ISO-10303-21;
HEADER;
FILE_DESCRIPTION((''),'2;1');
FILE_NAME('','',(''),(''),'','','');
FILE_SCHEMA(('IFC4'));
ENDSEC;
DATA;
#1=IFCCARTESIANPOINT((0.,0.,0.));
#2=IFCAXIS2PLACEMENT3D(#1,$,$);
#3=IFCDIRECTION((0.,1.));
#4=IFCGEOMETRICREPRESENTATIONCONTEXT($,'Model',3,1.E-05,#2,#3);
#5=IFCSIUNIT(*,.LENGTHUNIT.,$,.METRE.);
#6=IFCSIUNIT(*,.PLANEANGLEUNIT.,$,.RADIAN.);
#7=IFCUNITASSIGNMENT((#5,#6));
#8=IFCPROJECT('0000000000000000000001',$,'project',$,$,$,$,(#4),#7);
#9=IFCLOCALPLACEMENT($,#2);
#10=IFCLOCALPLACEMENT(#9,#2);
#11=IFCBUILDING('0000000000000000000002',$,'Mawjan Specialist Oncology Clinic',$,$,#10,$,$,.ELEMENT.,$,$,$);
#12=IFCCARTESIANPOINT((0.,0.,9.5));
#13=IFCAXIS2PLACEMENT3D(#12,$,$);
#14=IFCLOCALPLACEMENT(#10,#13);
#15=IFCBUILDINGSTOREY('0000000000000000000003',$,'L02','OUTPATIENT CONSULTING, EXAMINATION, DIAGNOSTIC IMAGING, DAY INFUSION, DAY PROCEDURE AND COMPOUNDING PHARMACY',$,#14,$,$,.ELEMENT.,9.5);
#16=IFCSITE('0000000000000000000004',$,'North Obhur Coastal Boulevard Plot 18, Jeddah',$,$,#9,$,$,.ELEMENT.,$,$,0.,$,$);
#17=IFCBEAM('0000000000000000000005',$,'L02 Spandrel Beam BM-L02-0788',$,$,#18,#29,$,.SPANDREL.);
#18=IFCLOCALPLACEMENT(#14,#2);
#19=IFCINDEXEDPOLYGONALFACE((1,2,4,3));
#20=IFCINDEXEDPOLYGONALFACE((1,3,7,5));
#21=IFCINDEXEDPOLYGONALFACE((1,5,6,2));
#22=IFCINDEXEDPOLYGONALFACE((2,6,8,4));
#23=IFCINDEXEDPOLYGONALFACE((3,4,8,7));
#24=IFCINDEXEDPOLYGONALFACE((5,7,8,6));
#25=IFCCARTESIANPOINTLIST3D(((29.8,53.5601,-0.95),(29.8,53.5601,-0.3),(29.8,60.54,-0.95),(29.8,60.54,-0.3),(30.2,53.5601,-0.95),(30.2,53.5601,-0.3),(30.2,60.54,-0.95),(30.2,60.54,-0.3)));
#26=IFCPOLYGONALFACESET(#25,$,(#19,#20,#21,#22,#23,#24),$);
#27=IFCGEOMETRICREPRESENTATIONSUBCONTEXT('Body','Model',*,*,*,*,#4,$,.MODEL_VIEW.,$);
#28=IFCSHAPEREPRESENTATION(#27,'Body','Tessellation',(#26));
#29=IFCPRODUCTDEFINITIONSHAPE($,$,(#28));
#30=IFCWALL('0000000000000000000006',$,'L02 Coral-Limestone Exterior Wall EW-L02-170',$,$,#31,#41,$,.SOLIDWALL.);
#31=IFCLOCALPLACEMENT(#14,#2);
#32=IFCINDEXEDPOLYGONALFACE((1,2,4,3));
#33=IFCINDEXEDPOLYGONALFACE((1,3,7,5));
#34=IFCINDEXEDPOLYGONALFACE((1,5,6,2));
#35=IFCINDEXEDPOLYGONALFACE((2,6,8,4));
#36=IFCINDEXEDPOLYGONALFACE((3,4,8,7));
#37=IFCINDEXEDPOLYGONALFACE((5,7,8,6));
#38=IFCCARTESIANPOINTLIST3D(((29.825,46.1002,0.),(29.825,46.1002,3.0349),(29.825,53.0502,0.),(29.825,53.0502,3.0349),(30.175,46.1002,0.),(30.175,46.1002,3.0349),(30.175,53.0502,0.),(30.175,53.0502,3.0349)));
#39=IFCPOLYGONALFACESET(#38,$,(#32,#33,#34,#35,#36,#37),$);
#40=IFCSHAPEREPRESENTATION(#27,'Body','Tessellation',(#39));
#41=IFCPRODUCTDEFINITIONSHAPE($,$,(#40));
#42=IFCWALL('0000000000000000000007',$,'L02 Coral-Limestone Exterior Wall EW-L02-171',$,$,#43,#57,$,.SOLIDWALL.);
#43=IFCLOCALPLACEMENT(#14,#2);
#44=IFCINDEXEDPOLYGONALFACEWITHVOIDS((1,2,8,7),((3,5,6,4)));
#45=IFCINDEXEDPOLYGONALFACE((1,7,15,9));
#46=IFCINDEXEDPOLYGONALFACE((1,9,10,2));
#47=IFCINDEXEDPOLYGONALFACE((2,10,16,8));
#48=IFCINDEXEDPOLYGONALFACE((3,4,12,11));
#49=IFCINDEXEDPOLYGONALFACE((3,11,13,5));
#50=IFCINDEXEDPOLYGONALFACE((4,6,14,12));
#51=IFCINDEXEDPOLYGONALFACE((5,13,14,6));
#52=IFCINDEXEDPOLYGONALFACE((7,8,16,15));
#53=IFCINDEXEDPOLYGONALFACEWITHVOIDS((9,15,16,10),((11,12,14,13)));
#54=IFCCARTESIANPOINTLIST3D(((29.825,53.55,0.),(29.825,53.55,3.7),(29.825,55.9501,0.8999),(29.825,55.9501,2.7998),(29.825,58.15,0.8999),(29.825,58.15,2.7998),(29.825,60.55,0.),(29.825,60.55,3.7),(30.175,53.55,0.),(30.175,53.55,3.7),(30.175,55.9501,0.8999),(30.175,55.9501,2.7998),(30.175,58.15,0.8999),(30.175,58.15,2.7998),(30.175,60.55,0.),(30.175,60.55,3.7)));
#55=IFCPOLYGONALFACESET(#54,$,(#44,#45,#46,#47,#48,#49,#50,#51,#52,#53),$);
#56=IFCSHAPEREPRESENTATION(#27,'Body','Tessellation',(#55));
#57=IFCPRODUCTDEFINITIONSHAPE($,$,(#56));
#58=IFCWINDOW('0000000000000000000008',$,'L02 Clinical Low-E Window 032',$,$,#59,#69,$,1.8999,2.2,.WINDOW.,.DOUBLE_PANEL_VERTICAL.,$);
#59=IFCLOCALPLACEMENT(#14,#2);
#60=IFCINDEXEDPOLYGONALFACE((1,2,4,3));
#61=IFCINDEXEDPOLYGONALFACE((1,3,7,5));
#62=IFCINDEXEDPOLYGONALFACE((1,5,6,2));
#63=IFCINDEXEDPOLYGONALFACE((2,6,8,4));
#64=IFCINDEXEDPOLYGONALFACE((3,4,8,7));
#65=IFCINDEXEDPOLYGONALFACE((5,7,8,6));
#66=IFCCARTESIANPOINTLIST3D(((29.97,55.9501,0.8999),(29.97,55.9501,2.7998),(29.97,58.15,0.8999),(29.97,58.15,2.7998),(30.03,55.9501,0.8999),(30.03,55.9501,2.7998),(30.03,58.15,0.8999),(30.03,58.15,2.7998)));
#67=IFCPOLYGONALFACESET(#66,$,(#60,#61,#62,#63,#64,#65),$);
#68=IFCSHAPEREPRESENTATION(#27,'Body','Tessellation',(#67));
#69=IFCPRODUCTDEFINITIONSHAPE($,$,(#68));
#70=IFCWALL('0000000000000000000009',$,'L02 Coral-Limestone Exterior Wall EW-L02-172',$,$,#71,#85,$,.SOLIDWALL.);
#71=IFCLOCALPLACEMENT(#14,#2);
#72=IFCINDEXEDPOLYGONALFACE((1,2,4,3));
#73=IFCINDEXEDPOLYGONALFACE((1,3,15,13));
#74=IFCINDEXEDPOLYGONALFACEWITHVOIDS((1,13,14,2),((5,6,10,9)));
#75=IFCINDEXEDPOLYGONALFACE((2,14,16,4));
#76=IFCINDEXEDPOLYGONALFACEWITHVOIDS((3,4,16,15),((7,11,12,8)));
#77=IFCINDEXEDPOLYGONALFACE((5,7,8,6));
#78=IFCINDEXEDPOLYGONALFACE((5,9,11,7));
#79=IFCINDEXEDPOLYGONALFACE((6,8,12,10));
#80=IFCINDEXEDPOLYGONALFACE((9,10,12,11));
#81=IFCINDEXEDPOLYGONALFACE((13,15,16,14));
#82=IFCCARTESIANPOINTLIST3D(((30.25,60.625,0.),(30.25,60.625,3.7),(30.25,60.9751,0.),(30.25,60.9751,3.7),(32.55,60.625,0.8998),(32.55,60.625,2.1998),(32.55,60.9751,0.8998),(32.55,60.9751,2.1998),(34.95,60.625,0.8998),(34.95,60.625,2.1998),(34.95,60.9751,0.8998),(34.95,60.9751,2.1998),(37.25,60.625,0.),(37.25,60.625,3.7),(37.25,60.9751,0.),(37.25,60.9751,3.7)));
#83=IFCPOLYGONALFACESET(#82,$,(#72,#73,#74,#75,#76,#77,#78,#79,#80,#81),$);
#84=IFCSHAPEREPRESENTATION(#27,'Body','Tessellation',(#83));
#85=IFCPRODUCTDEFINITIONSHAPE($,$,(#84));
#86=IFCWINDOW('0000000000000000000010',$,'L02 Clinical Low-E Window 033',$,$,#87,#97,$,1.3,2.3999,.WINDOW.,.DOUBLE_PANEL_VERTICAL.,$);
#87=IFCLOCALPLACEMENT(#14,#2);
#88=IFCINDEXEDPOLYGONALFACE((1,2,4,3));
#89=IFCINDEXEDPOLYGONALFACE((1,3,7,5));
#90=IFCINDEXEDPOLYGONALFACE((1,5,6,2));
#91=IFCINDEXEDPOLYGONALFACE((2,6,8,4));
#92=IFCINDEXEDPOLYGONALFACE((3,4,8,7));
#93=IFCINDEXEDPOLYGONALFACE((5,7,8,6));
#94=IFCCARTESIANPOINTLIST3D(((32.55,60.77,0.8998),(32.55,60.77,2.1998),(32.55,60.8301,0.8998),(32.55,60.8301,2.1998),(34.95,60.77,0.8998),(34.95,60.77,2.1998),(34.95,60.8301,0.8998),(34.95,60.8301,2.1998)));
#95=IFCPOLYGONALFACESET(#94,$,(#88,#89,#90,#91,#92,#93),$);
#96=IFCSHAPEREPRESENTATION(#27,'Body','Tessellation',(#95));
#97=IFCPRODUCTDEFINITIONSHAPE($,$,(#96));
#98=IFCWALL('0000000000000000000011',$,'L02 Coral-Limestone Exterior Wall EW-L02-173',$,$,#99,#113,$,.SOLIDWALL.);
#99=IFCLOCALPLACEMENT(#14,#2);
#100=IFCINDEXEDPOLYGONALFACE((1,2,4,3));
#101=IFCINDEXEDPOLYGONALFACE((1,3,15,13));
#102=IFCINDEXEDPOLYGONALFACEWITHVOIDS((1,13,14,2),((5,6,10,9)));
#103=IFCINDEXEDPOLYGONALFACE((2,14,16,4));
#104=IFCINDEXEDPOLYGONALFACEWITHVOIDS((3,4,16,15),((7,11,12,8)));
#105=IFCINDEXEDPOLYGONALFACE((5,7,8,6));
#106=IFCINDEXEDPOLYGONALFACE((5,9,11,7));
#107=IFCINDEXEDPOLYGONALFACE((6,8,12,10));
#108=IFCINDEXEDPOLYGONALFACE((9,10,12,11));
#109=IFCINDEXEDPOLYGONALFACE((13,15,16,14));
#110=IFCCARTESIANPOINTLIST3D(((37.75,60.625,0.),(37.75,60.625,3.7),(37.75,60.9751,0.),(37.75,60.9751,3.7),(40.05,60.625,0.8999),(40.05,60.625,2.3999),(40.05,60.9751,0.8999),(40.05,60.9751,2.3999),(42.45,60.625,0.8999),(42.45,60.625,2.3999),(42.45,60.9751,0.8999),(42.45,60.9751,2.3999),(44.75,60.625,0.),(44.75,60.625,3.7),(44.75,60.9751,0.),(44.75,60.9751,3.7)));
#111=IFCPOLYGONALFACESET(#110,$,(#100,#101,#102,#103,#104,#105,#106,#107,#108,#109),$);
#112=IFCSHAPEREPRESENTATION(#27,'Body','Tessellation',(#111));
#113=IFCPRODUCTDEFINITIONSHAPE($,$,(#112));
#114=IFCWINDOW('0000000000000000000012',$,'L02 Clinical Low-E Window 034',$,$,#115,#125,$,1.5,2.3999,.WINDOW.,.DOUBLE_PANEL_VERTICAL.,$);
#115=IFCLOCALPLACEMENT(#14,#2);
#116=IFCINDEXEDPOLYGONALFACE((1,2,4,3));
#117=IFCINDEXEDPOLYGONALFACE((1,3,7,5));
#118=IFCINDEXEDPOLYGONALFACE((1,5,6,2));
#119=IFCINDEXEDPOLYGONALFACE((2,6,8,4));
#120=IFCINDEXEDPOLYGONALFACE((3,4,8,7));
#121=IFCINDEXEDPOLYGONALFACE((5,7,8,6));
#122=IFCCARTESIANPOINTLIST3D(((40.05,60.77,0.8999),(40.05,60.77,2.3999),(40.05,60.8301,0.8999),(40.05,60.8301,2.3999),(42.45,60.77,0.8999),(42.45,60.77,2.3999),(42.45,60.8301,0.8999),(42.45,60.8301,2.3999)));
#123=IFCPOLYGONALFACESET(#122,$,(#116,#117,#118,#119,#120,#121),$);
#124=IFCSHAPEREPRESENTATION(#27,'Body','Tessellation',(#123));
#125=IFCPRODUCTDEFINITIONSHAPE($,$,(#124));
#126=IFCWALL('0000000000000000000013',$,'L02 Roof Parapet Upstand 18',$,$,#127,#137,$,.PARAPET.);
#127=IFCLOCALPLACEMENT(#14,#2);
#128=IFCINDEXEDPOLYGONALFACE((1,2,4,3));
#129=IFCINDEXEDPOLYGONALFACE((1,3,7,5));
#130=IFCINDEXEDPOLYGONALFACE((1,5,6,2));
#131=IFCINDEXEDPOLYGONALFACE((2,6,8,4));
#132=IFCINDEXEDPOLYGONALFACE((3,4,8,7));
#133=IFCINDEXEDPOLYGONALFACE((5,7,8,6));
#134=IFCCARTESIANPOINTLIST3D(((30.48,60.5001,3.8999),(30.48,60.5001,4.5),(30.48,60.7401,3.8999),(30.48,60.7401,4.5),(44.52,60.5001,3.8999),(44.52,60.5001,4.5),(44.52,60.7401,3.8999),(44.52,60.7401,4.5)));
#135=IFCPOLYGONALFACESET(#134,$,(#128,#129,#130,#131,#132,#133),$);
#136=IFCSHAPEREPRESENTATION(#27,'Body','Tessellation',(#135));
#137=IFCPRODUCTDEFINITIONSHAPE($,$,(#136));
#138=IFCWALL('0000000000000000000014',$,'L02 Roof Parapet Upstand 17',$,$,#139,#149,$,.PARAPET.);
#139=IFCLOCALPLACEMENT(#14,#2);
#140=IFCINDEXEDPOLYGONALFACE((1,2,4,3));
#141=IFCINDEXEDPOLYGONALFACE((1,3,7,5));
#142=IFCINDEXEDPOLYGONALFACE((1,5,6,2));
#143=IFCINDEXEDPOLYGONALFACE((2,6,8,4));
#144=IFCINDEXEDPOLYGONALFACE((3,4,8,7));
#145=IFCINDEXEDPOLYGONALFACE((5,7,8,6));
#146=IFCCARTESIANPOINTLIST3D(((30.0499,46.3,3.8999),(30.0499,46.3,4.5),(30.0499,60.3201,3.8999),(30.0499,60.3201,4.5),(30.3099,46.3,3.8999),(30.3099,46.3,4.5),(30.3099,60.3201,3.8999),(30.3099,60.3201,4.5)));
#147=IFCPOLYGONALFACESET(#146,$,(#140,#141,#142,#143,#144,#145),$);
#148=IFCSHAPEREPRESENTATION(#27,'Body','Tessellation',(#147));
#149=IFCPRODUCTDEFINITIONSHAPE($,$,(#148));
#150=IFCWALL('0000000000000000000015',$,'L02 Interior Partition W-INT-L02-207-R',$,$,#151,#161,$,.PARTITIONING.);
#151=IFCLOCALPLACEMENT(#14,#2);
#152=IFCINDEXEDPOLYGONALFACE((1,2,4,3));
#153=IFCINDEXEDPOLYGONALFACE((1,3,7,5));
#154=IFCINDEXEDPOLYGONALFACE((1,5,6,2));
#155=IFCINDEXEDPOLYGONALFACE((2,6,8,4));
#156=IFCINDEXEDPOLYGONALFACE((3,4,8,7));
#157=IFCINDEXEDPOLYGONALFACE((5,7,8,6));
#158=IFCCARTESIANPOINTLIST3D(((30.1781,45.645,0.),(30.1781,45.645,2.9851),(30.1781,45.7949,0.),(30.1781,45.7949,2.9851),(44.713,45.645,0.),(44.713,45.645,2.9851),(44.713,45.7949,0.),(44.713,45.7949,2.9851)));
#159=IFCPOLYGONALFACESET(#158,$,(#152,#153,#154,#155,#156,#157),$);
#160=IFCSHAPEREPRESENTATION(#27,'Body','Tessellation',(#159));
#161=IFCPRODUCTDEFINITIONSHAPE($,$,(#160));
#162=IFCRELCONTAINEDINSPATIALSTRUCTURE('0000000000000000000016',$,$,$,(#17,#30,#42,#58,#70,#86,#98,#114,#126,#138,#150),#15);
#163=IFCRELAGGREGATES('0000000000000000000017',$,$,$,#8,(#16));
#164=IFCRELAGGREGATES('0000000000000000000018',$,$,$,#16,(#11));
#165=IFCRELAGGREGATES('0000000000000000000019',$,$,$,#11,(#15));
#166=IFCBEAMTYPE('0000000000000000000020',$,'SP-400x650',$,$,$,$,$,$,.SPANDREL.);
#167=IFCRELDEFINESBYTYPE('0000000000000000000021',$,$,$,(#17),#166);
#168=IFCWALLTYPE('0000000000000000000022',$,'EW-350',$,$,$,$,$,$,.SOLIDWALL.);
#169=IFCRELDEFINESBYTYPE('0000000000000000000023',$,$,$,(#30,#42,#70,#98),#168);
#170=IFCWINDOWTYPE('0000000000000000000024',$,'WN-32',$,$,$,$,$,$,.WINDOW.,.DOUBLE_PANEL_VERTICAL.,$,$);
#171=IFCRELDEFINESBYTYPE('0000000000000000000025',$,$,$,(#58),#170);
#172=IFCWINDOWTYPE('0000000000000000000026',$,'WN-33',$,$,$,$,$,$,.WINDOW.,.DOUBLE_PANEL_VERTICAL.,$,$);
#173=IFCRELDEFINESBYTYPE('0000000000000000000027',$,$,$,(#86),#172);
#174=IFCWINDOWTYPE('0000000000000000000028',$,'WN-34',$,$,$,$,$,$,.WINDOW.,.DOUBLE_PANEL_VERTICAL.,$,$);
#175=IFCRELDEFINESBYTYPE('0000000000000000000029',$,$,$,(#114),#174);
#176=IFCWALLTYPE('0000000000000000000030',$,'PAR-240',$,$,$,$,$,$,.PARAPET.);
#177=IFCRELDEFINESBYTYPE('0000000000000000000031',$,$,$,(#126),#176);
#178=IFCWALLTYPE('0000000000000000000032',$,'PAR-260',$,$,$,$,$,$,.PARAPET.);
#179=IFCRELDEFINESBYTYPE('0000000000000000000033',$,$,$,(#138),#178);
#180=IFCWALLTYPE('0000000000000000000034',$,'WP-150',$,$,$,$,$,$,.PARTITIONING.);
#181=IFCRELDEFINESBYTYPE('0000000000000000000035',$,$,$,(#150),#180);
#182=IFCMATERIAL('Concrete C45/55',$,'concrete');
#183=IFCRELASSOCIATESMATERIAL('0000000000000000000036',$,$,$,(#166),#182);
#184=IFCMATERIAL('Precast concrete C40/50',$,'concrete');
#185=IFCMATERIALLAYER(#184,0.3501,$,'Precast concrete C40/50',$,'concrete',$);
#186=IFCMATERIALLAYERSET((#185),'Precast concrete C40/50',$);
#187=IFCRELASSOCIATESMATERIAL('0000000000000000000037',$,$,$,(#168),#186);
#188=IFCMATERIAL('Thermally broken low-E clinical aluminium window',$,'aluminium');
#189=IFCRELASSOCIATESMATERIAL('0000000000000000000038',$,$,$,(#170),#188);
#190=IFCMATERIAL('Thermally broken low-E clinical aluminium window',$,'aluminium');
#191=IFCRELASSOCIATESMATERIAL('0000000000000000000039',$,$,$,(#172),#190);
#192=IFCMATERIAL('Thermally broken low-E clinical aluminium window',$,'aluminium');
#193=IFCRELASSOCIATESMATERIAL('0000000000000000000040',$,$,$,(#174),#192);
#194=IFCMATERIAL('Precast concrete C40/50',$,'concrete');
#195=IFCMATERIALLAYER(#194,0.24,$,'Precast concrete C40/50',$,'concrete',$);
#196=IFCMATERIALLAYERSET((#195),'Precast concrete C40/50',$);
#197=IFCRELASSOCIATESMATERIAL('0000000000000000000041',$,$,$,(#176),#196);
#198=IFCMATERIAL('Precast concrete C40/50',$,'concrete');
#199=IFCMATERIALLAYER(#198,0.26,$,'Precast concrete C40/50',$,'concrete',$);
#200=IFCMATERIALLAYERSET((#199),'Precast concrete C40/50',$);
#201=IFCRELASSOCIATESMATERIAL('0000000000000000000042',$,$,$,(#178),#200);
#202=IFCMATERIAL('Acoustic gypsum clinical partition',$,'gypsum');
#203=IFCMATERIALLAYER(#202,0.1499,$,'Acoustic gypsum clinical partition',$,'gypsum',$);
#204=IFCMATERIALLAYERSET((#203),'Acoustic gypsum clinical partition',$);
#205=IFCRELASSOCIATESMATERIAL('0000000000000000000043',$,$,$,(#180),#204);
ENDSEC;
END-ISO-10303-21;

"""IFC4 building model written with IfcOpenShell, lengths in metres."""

from ifc_helpers import new_model, si_unit, direction, frame, frame_2d, origin, origin_2d, place, context, subcontext, project, spatial, rectangle, extrude, material, layer, layer_set, material_profile, profile_set, type_object, element, fill, save


model = new_model("IFC4")

# Units and contexts
model_context = context("Model", 3, precision=1e-05, world=origin(), true_north=direction((0.0, 1.0)))
body_context = subcontext(model_context, "Body", "Model", "MODEL_VIEW")
ifc_project = project(units=[si_unit("LENGTHUNIT", "METRE"), si_unit("PLANEANGLEUNIT", "RADIAN")], contexts=[model_context])

# Site, building, storey
site_placement = place(None, origin())
site = spatial("IfcSite", under=ifc_project, at=site_placement, Name="North Obhur Coastal Boulevard Plot 18, Jeddah", CompositionType="ELEMENT", RefElevation=0.0)
building_placement = place(site_placement, origin())
building = spatial("IfcBuilding", under=site, at=building_placement, Name="Mawjan Specialist Oncology Clinic", CompositionType="ELEMENT")
storey_placement = place(building_placement, frame((0.0, 0.0, 9.5)))
storey = spatial("IfcBuildingStorey", under=building, at=storey_placement, Name="L02", Description="OUTPATIENT CONSULTING, EXAMINATION, DIAGNOSTIC IMAGING, DAY INFUSION, DAY PROCEDURE AND COMPOUNDING PHARMACY", CompositionType="ELEMENT", Elevation=9.5)

# Beam
ifc_material_1 = material(Name="Concrete C45/55", Category="concrete")
ifc_material_profile_1 = material_profile(ifc_material_1, rectangle(XDim=0.3999, YDim=0.6499, at=origin_2d()), Name="RC BM 400x650", Category="concrete")
ifc_profile_set_1 = profile_set([ifc_material_profile_1], Name="Concrete C45/55")
beam_type_1 = type_object("IfcBeamType", Name="SP-400x650", PredefinedType="SPANDREL", material=ifc_profile_set_1)
beam_1_placement = place(storey_placement, frame((30.0, 53.5601, -0.625), z_axis=(0.0, 1.0, 0.0), x_axis=(-1.0, 0.0, 0.0)))
element("IfcBeam", 1, at=beam_1_placement, inside=storey, type_object=beam_type_1, Name="L02 Spandrel Beam BM-L02-0788", PredefinedType="SPANDREL", context=body_context, shape_type="SweptSolid", body=[
    extrude(rectangle(XDim=0.3999, YDim=0.6499, at=origin_2d()), origin(), (0.0, 0.0, 1.0), 6.98),
])

# Wall
ifc_material_2 = material(Name="Precast concrete C40/50", Category="concrete")
ifc_layer_1 = layer(ifc_material_2, 0.3501, Name="Precast concrete C40/50", Category="concrete")
ifc_layer_set_1 = layer_set([ifc_layer_1], Name="Precast concrete C40/50")
wall_type_1 = type_object("IfcWallType", Name="EW-350", PredefinedType="SOLIDWALL", material=ifc_layer_set_1)
wall_1_placement = place(storey_placement, frame((30.0, 46.1001, 0.0), z_axis=(0.0, 0.0, 1.0), x_axis=(0.0, 1.0, 0.0)))
element("IfcWall", 2, at=wall_1_placement, inside=storey, type_object=wall_type_1, Name="L02 Coral-Limestone Exterior Wall EW-L02-170", PredefinedType="SOLIDWALL", context=body_context, shape_type="SweptSolid", body=[
    extrude(rectangle(XDim=6.95, YDim=0.3501, at=frame_2d((3.4751, 0.0))), origin(), (0.0, 0.0, 1.0), 3.0349),
])

# Walls, openings, windows
wall_2_placement = place(storey_placement, frame((30.0, 53.55, 0.0), z_axis=(0.0, 0.0, 1.0), x_axis=(0.0, 1.0, 0.0)))
wall_2 = element("IfcWall", 3, at=wall_2_placement, inside=storey, type_object=wall_type_1, Name="L02 Coral-Limestone Exterior Wall EW-L02-171", PredefinedType="SOLIDWALL", context=body_context, shape_type="SweptSolid", body=[
    extrude(rectangle(XDim=7.0, YDim=0.3501, at=frame_2d((3.5, 0.0))), origin(), (0.0, 0.0, 1.0), 3.7),
])
opening_1_placement = place(wall_2_placement, frame((2.3999, 0.0, 0.8999)))
opening_1 = element("IfcOpeningElement", 4, at=opening_1_placement, cuts=wall_2, PredefinedType="OPENING", context=body_context, shape_type="SweptSolid", body=[
    extrude(rectangle(XDim=2.2, YDim=1.8999, at=frame_2d((1.1001, 0.95))), frame((0.0, 0.187, 0.0), z_axis=(0.0, -1.0, 0.0), x_axis=(1.0, 0.0, 0.0)), (0.0, 0.0, 1.0), 0.374),
])
ifc_material_3 = material(Name="Thermally broken low-E clinical aluminium window", Category="aluminium")
window_type_1 = type_object("IfcWindowType", Name="WN-32", PartitioningType="DOUBLE_PANEL_VERTICAL", PredefinedType="WINDOW", material=ifc_material_3)
window_1_placement = place(opening_1_placement, origin())
window_1 = element("IfcWindow", 5, at=window_1_placement, inside=storey, type_object=window_type_1, Name="L02 Clinical Low-E Window 032", OverallHeight=1.8999, OverallWidth=2.2, PartitioningType="DOUBLE_PANEL_VERTICAL", PredefinedType="WINDOW", context=body_context, shape_type="SweptSolid", body=[
    extrude(rectangle(XDim=2.2, YDim=1.8999, at=frame_2d((1.1001, 0.95))), frame((0.0, 0.03, 0.0), z_axis=(0.0, -1.0, 0.0), x_axis=(1.0, 0.0, 0.0)), (0.0, 0.0, 1.0), 0.0601),
])
fill(opening_1, window_1)
wall_3_placement = place(storey_placement, frame((30.25, 60.8, 0.0), z_axis=(0.0, 0.0, 1.0), x_axis=(1.0, 0.0, 0.0)))
wall_3 = element("IfcWall", 6, at=wall_3_placement, inside=storey, type_object=wall_type_1, Name="L02 Coral-Limestone Exterior Wall EW-L02-172", PredefinedType="SOLIDWALL", context=body_context, shape_type="SweptSolid", body=[
    extrude(rectangle(XDim=7.0, YDim=0.3501, at=frame_2d((3.5, 0.0))), origin(), (0.0, 0.0, 1.0), 3.7),
])
opening_2_placement = place(wall_3_placement, frame((2.3, 0.0, 0.8999)))
opening_2 = element("IfcOpeningElement", 7, at=opening_2_placement, cuts=wall_3, PredefinedType="OPENING", context=body_context, shape_type="SweptSolid", body=[
    extrude(rectangle(XDim=2.3999, YDim=1.3, at=frame_2d((1.2, 0.6499))), frame((0.0, 0.187, 0.0), z_axis=(0.0, -1.0, 0.0), x_axis=(1.0, 0.0, 0.0)), (0.0, 0.0, 1.0), 0.374),
])
ifc_material_4 = material(Name="Thermally broken low-E clinical aluminium window", Category="aluminium")
window_type_2 = type_object("IfcWindowType", Name="WN-33", PartitioningType="DOUBLE_PANEL_VERTICAL", PredefinedType="WINDOW", material=ifc_material_4)
window_2_placement = place(opening_2_placement, origin())
window_2 = element("IfcWindow", 8, at=window_2_placement, inside=storey, type_object=window_type_2, Name="L02 Clinical Low-E Window 033", OverallHeight=1.3, OverallWidth=2.3999, PartitioningType="DOUBLE_PANEL_VERTICAL", PredefinedType="WINDOW", context=body_context, shape_type="SweptSolid", body=[
    extrude(rectangle(XDim=2.3999, YDim=1.3, at=frame_2d((1.2, 0.6499))), frame((0.0, 0.03, 0.0), z_axis=(0.0, -1.0, 0.0), x_axis=(1.0, 0.0, 0.0)), (0.0, 0.0, 1.0), 0.0601),
])
fill(opening_2, window_2)
wall_4_placement = place(storey_placement, frame((37.75, 60.8, 0.0), z_axis=(0.0, 0.0, 1.0), x_axis=(1.0, 0.0, 0.0)))
wall_4 = element("IfcWall", 9, at=wall_4_placement, inside=storey, type_object=wall_type_1, Name="L02 Coral-Limestone Exterior Wall EW-L02-173", PredefinedType="SOLIDWALL", context=body_context, shape_type="SweptSolid", body=[
    extrude(rectangle(XDim=7.0, YDim=0.3501, at=frame_2d((3.5, 0.0))), origin(), (0.0, 0.0, 1.0), 3.7),
])
opening_3_placement = place(wall_4_placement, frame((2.3, 0.0, 0.8999)))
opening_3 = element("IfcOpeningElement", 10, at=opening_3_placement, cuts=wall_4, PredefinedType="OPENING", context=body_context, shape_type="SweptSolid", body=[
    extrude(rectangle(XDim=2.3999, YDim=1.5, at=frame_2d((1.2, 0.75))), frame((0.0, 0.187, 0.0), z_axis=(0.0, -1.0, 0.0), x_axis=(1.0, 0.0, 0.0)), (0.0, 0.0, 1.0), 0.374),
])
ifc_material_5 = material(Name="Thermally broken low-E clinical aluminium window", Category="aluminium")
window_type_3 = type_object("IfcWindowType", Name="WN-34", PartitioningType="DOUBLE_PANEL_VERTICAL", PredefinedType="WINDOW", material=ifc_material_5)
window_3_placement = place(opening_3_placement, origin())
window_3 = element("IfcWindow", 11, at=window_3_placement, inside=storey, type_object=window_type_3, Name="L02 Clinical Low-E Window 034", OverallHeight=1.5, OverallWidth=2.3999, PartitioningType="DOUBLE_PANEL_VERTICAL", PredefinedType="WINDOW", context=body_context, shape_type="SweptSolid", body=[
    extrude(rectangle(XDim=2.3999, YDim=1.5, at=frame_2d((1.2, 0.75))), frame((0.0, 0.03, 0.0), z_axis=(0.0, -1.0, 0.0), x_axis=(1.0, 0.0, 0.0)), (0.0, 0.0, 1.0), 0.0601),
])
fill(opening_3, window_3)

# Walls
ifc_material_6 = material(Name="Precast concrete C40/50", Category="concrete")
ifc_layer_2 = layer(ifc_material_6, 0.24, Name="Precast concrete C40/50", Category="concrete")
ifc_layer_set_2 = layer_set([ifc_layer_2], Name="Precast concrete C40/50")
wall_type_2 = type_object("IfcWallType", Name="PAR-240", PredefinedType="PARAPET", material=ifc_layer_set_2)
wall_5_placement = place(storey_placement, frame((30.48, 60.6201, 3.8999), z_axis=(0.0, 0.0, 1.0), x_axis=(1.0, 0.0, 0.0)))
element("IfcWall", 12, at=wall_5_placement, inside=storey, type_object=wall_type_2, Name="L02 Roof Parapet Upstand 18", PredefinedType="PARAPET", context=body_context, shape_type="SweptSolid", body=[
    extrude(rectangle(XDim=14.04, YDim=0.24, at=frame_2d((7.02, 0.0))), origin(), (0.0, 0.0, 1.0), 0.6001),
])
ifc_material_7 = material(Name="Precast concrete C40/50", Category="concrete")
ifc_layer_3 = layer(ifc_material_7, 0.26, Name="Precast concrete C40/50", Category="concrete")
ifc_layer_set_3 = layer_set([ifc_layer_3], Name="Precast concrete C40/50")
wall_type_3 = type_object("IfcWallType", Name="PAR-260", PredefinedType="PARAPET", material=ifc_layer_set_3)
wall_6_placement = place(storey_placement, frame((30.1799, 46.3, 3.8999), z_axis=(0.0, 0.0, 1.0), x_axis=(0.0, 1.0, 0.0)))
element("IfcWall", 13, at=wall_6_placement, inside=storey, type_object=wall_type_3, Name="L02 Roof Parapet Upstand 17", PredefinedType="PARAPET", context=body_context, shape_type="SweptSolid", body=[
    extrude(rectangle(XDim=14.02, YDim=0.26, at=frame_2d((7.01, 0.0))), origin(), (0.0, 0.0, 1.0), 0.6001),
])
ifc_material_8 = material(Name="Acoustic gypsum clinical partition", Category="gypsum")
ifc_layer_4 = layer(ifc_material_8, 0.1499, Name="Acoustic gypsum clinical partition", Category="gypsum")
ifc_layer_set_4 = layer_set([ifc_layer_4], Name="Acoustic gypsum clinical partition")
wall_type_4 = type_object("IfcWallType", Name="WP-150", PredefinedType="PARTITIONING", material=ifc_layer_set_4)
wall_7_placement = place(storey_placement, frame((30.178, 45.72, 0.0), z_axis=(0.0, 0.0, 1.0), x_axis=(1.0, 0.0, 0.0)))
element("IfcWall", 14, at=wall_7_placement, inside=storey, type_object=wall_type_4, Name="L02 Interior Partition W-INT-L02-207-R", PredefinedType="PARTITIONING", context=body_context, shape_type="SweptSolid", body=[
    extrude(rectangle(XDim=14.5349, YDim=0.1499, at=frame_2d((7.2676, 0.0))), origin(), (0.0, 0.0, 1.0), 2.9851),
])

save(model, "model.ifc")
